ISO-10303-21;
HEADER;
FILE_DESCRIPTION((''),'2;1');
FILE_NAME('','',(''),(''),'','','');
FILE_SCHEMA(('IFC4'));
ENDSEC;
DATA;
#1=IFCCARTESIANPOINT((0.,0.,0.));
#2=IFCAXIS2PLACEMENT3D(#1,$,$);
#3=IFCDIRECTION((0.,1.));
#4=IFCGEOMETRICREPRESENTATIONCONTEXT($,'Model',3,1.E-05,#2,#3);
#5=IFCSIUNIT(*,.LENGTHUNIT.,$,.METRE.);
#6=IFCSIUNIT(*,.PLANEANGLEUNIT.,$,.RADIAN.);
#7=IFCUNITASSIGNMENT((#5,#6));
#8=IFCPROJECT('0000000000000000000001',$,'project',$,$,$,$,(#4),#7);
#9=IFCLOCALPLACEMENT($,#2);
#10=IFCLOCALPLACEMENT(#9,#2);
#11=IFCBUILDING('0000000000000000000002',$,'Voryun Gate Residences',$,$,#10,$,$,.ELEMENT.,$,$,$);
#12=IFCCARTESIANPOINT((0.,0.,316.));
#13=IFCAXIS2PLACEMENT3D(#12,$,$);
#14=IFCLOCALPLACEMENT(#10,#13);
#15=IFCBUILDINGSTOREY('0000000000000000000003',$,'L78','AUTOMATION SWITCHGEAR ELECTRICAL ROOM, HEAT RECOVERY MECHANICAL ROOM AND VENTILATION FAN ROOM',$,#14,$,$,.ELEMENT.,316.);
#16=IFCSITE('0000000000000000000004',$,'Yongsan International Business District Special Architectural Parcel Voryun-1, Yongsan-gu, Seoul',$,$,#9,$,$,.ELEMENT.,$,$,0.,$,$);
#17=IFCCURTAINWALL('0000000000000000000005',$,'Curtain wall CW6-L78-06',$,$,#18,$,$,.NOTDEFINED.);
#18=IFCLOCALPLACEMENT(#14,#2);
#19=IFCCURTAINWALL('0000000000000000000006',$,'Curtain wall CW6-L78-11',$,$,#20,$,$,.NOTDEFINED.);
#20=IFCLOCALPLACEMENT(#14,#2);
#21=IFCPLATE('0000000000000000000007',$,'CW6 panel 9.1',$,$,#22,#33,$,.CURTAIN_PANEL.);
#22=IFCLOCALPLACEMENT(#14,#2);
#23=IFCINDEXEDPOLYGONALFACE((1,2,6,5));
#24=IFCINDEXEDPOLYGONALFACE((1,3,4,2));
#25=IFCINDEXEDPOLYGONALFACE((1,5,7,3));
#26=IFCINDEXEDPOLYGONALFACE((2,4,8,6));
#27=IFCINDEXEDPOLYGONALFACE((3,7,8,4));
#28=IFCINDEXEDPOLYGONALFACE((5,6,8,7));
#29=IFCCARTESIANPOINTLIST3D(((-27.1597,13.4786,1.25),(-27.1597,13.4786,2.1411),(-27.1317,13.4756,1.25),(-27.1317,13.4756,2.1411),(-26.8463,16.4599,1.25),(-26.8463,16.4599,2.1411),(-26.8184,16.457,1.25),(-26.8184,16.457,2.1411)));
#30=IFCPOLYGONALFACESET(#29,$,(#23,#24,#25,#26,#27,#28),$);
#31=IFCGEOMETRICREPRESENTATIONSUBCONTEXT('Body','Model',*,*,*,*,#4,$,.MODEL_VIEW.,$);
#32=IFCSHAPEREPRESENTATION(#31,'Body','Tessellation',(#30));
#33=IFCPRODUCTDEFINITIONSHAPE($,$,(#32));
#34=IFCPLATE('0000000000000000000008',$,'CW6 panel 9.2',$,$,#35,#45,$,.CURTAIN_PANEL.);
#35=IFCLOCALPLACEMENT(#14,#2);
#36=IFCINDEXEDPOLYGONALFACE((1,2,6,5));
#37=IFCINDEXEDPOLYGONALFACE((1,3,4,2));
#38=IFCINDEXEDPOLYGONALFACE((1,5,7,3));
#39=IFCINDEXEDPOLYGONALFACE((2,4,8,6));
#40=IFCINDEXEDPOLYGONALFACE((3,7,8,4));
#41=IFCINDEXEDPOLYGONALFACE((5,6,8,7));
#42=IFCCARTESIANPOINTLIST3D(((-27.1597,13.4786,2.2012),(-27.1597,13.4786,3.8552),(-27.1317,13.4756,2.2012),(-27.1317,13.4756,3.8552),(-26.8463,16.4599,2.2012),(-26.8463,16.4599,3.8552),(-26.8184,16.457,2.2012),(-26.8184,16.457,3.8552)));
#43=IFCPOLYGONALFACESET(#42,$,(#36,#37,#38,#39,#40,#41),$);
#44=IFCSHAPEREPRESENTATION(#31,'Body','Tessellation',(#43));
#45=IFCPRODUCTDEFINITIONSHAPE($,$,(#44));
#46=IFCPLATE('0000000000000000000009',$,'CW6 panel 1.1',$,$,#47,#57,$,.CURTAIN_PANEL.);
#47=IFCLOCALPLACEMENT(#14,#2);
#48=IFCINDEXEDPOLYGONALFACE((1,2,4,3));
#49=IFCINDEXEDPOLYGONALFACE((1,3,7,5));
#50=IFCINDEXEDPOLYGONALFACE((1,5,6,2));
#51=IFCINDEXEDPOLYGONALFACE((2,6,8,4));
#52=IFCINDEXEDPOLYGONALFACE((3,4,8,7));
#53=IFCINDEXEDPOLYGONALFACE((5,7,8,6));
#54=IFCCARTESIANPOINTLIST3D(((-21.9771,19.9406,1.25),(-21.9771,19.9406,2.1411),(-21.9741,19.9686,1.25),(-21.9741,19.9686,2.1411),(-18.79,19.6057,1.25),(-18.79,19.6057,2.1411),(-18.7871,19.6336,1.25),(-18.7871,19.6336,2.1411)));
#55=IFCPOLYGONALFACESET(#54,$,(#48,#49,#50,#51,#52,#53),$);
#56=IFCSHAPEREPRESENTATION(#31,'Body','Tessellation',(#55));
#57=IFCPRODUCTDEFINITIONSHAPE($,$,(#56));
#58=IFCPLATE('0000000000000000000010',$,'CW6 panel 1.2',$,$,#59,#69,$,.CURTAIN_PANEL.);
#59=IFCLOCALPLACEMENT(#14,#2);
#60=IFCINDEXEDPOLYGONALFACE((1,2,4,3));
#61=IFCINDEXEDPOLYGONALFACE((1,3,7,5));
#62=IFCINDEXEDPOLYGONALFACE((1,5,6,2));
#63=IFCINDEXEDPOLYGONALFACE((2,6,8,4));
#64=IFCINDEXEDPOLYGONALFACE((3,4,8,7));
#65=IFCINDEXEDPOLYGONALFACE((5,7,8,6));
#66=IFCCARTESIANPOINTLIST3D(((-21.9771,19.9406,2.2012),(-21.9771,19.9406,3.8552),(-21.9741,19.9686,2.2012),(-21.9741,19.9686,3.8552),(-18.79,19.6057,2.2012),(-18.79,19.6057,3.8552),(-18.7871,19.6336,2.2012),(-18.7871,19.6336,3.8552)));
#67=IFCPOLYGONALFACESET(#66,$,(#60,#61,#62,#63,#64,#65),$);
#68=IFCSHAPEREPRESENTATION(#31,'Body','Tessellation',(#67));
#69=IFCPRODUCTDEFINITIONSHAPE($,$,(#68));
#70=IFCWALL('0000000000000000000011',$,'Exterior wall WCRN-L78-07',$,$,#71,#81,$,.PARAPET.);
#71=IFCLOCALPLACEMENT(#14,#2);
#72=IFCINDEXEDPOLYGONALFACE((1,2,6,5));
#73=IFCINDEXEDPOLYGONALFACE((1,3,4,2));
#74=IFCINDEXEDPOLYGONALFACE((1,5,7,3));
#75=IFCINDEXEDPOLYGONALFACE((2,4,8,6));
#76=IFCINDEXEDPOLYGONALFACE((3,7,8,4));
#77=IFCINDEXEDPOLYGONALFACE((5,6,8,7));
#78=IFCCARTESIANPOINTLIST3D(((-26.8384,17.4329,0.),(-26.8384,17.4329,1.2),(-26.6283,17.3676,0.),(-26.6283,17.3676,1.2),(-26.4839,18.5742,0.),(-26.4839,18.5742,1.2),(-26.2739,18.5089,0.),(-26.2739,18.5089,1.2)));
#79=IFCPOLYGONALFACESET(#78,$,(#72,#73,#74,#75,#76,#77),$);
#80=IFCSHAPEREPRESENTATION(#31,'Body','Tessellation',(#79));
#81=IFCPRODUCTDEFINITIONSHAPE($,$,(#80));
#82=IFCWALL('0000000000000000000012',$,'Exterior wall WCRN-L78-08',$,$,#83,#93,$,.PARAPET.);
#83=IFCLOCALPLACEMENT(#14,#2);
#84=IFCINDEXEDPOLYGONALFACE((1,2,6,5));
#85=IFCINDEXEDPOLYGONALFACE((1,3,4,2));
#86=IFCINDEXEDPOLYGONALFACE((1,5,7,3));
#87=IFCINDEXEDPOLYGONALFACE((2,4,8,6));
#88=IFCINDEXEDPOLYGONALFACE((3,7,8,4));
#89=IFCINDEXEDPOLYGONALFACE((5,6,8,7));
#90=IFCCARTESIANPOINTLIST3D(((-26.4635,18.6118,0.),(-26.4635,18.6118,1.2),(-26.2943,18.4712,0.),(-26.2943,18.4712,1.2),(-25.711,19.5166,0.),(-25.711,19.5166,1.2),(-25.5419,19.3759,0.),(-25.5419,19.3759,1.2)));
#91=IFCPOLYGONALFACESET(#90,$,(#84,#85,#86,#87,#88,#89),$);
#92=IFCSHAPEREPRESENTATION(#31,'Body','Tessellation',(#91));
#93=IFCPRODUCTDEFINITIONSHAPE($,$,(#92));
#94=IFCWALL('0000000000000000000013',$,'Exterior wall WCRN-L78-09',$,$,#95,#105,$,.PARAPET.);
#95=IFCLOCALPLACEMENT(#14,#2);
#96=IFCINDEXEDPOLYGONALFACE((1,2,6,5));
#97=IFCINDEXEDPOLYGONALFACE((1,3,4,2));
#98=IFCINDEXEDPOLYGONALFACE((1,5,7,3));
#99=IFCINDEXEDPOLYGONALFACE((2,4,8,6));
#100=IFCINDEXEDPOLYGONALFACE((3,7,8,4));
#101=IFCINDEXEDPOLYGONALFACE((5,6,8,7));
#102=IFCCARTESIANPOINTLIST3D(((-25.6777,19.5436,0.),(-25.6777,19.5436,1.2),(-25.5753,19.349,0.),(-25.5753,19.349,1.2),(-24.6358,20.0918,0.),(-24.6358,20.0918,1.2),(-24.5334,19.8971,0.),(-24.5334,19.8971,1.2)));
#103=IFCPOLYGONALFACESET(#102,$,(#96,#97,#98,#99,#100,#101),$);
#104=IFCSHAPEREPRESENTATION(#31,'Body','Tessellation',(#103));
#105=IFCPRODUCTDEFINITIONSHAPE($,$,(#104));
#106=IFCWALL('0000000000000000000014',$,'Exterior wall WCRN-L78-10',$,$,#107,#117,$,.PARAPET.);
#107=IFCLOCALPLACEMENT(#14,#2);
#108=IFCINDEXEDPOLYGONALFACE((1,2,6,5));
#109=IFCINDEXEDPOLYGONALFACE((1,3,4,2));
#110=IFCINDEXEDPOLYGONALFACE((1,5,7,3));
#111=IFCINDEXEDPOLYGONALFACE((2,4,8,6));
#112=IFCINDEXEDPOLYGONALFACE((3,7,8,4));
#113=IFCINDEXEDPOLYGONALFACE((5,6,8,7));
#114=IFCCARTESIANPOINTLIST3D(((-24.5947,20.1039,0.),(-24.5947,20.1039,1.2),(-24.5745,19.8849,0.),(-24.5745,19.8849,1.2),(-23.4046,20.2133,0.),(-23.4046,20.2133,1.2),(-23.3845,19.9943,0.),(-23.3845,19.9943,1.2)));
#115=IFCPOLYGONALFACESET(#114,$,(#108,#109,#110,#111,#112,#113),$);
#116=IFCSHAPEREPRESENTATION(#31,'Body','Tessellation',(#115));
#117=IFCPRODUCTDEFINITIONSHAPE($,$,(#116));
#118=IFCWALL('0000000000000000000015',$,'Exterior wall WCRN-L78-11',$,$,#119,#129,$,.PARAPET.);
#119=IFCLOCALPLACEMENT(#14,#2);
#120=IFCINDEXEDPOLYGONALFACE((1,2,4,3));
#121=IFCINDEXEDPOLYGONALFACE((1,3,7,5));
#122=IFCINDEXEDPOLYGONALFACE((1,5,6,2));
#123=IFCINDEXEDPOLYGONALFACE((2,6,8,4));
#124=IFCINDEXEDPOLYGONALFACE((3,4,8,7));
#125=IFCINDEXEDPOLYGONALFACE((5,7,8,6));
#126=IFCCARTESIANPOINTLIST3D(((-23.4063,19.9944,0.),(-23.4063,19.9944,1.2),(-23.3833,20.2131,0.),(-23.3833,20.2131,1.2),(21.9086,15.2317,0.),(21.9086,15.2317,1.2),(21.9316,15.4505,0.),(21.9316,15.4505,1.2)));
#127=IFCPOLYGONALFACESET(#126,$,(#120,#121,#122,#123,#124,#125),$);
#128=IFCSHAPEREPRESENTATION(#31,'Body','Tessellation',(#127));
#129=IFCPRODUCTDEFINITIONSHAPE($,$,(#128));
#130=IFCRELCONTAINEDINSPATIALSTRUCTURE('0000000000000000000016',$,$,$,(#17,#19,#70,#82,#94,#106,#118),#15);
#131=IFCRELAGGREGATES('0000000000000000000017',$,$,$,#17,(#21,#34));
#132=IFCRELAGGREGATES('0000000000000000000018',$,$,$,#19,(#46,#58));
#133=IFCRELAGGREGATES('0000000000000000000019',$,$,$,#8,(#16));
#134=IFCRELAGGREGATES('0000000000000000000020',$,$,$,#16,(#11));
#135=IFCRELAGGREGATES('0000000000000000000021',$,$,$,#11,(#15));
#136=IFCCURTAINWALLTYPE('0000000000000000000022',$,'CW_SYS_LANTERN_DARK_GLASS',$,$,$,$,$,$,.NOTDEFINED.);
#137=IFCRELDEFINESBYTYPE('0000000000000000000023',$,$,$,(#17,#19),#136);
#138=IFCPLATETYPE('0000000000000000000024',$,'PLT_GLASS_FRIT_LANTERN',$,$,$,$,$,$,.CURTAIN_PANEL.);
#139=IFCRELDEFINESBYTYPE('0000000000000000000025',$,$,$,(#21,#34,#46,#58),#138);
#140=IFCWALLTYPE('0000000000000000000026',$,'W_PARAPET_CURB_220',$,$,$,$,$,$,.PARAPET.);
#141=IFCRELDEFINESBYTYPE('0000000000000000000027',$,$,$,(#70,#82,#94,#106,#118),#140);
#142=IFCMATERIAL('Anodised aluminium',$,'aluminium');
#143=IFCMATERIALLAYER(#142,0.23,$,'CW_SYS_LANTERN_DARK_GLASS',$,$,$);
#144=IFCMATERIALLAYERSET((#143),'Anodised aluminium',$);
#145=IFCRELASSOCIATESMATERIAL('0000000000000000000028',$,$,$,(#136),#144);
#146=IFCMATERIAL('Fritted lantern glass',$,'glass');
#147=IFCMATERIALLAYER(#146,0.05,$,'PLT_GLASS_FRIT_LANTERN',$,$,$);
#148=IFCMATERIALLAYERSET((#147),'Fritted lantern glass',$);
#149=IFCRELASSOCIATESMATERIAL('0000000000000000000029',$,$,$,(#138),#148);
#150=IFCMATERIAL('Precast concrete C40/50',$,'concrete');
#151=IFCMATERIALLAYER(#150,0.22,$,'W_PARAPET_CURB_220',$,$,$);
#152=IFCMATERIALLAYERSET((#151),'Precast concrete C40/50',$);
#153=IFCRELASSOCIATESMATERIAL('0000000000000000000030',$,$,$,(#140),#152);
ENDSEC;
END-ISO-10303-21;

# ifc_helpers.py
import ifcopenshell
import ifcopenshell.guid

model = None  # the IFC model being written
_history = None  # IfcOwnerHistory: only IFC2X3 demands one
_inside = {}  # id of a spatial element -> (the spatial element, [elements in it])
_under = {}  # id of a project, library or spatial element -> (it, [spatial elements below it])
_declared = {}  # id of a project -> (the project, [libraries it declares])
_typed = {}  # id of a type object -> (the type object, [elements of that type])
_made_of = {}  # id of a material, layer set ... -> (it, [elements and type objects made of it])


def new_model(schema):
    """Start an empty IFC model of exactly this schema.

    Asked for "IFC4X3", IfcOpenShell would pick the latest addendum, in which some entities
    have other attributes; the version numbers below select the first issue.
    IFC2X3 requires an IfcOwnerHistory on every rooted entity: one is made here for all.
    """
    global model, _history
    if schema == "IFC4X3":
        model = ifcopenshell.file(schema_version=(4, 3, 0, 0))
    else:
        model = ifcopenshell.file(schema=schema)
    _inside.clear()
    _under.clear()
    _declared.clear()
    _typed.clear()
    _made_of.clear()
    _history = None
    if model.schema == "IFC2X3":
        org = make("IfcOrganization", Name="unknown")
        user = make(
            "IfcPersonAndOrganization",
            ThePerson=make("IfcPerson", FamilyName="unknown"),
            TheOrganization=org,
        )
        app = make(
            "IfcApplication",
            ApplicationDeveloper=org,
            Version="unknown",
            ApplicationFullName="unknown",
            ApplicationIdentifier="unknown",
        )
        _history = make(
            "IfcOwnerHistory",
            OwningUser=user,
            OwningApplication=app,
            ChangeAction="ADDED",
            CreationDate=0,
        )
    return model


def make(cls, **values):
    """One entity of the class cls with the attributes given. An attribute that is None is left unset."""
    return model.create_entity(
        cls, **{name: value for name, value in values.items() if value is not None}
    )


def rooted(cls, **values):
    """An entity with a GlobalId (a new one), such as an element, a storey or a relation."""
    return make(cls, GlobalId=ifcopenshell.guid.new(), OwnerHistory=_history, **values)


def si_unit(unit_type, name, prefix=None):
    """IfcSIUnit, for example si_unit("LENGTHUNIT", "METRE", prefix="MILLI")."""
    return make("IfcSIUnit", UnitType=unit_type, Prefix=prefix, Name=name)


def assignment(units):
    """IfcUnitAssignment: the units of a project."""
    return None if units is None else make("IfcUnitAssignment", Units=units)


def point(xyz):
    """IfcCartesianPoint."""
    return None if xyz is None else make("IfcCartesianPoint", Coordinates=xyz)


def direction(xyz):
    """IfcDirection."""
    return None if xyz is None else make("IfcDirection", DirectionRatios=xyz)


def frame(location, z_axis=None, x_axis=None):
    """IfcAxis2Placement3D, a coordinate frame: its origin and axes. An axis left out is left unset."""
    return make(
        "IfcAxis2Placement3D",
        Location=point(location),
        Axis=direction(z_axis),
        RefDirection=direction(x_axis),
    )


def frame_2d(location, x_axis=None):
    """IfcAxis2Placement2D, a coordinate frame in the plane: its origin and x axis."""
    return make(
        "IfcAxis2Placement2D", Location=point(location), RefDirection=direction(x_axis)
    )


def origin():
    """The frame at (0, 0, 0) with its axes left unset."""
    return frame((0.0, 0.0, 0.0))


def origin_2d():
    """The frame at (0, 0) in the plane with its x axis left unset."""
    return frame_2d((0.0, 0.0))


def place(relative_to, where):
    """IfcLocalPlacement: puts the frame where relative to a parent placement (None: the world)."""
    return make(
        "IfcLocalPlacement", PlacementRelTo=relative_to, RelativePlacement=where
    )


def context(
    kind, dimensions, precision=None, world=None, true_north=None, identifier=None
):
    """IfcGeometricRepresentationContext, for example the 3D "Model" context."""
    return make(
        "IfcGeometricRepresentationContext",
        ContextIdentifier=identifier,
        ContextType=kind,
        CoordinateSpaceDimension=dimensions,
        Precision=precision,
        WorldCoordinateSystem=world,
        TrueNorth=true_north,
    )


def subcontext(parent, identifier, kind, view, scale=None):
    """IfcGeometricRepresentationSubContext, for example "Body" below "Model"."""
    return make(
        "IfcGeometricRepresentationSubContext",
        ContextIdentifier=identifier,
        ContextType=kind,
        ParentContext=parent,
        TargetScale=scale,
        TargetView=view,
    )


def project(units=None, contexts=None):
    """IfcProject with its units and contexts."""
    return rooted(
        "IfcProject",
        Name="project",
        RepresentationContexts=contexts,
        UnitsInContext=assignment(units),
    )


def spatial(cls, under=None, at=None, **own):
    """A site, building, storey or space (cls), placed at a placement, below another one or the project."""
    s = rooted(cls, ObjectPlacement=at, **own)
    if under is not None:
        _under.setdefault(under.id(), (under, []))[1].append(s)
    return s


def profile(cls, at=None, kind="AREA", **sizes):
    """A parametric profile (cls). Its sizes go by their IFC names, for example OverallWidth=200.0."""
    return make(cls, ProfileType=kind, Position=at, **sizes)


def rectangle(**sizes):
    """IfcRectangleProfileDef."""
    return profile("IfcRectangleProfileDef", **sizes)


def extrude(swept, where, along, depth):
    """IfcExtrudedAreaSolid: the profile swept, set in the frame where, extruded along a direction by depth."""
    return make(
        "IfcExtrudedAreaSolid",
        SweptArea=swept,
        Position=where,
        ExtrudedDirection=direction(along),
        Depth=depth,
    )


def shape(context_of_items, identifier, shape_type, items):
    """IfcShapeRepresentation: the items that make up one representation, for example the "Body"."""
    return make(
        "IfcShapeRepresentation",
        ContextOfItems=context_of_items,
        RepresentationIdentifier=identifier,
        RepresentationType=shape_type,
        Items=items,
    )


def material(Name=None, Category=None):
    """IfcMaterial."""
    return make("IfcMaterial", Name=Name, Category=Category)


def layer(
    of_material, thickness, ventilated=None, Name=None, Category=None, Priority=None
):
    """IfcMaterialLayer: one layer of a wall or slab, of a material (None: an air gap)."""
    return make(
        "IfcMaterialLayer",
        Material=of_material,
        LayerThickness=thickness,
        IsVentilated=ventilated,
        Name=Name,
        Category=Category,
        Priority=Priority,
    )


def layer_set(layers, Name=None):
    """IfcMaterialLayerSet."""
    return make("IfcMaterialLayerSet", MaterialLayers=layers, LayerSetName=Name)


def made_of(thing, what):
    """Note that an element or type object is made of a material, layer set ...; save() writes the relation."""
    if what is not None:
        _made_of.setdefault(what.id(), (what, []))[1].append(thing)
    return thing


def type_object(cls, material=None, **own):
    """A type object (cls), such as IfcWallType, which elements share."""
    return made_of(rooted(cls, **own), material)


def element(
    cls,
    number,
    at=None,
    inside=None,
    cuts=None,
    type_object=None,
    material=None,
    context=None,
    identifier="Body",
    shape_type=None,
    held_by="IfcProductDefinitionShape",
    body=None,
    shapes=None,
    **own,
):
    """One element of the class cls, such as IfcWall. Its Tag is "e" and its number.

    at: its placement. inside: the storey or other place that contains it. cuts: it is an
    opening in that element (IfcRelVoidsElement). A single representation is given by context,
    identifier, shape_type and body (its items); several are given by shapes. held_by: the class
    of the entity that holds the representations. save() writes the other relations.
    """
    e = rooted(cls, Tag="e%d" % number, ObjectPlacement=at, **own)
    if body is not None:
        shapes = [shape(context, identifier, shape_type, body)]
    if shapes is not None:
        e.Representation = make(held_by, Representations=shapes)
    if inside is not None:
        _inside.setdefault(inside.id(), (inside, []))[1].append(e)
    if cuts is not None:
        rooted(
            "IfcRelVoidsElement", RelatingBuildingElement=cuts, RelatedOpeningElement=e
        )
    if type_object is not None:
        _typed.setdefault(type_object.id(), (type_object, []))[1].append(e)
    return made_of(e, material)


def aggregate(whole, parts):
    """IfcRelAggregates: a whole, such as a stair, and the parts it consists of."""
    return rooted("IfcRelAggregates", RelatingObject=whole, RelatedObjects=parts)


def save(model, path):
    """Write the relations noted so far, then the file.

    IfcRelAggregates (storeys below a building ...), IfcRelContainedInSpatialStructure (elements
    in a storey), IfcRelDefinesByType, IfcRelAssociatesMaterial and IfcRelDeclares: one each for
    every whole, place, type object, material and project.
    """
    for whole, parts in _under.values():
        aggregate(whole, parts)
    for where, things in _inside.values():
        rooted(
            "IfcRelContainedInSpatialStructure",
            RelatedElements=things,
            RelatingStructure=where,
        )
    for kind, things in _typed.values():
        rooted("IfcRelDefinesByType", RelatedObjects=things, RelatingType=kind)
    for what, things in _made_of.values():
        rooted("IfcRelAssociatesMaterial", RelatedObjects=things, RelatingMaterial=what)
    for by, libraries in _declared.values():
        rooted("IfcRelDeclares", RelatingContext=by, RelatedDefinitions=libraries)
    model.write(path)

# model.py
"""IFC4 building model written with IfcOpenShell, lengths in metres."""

from ifc_helpers import new_model, si_unit, direction, frame, frame_2d, origin, origin_2d, place, context, subcontext, project, spatial, rectangle, extrude, material, layer, layer_set, type_object, element, aggregate, save


model = new_model("IFC4")

# Units and contexts
model_context = context("Model", 3, precision=1e-05, world=origin(), true_north=direction((0.0, 1.0)))
body_context = subcontext(model_context, "Body", "Model", "MODEL_VIEW")
ifc_project = project(units=[si_unit("LENGTHUNIT", "METRE"), si_unit("PLANEANGLEUNIT", "RADIAN")], contexts=[model_context])

# Site, building, storey
site_placement = place(None, origin())
site = spatial("IfcSite", under=ifc_project, at=site_placement, Name="Yongsan International Business District Special Architectural Parcel Voryun-1, Yongsan-gu, Seoul", CompositionType="ELEMENT", RefElevation=0.0)
building_placement = place(site_placement, origin())
building = spatial("IfcBuilding", under=site, at=building_placement, Name="Voryun Gate Residences", CompositionType="ELEMENT")
storey_placement = place(building_placement, frame((0.0, 0.0, 316.0)))
storey = spatial("IfcBuildingStorey", under=building, at=storey_placement, Name="L78", Description="AUTOMATION SWITCHGEAR ELECTRICAL ROOM, HEAT RECOVERY MECHANICAL ROOM AND VENTILATION FAN ROOM", CompositionType="ELEMENT", Elevation=316.0)

# Curtain wall
ifc_material_1 = material(Name="Anodised aluminium", Category="aluminium")
ifc_layer_1 = layer(ifc_material_1, 0.23, Name="CW_SYS_LANTERN_DARK_GLASS")
ifc_layer_set_1 = layer_set([ifc_layer_1], Name="Anodised aluminium")
curtain_wall_type = type_object("IfcCurtainWallType", Name="CW_SYS_LANTERN_DARK_GLASS", PredefinedType="NOTDEFINED", material=ifc_layer_set_1)
curtain_wall_1_placement = place(storey_placement, origin())
curtain_wall_1 = element("IfcCurtainWall", 1, at=curtain_wall_1_placement, inside=storey, type_object=curtain_wall_type, Name="Curtain wall CW6-L78-06", PredefinedType="NOTDEFINED")

# Curtain wall
curtain_wall_2_placement = place(storey_placement, origin())
curtain_wall_2 = element("IfcCurtainWall", 2, at=curtain_wall_2_placement, inside=storey, type_object=curtain_wall_type, Name="Curtain wall CW6-L78-11", PredefinedType="NOTDEFINED")

# Plates
ifc_material_2 = material(Name="Fritted lantern glass", Category="glass")
ifc_layer_2 = layer(ifc_material_2, 0.05, Name="PLT_GLASS_FRIT_LANTERN")
ifc_layer_set_2 = layer_set([ifc_layer_2], Name="Fritted lantern glass")
plate_type_1 = type_object("IfcPlateType", Name="PLT_GLASS_FRIT_LANTERN", PredefinedType="CURTAIN_PANEL", material=ifc_layer_set_2)
plate_1_placement = place(storey_placement, frame((-26.989, 14.9678, 1.25), z_axis=(0.0, 0.0, 1.0), x_axis=(0.104528, 0.994522, 0.0)))
plate_1 = element("IfcPlate", 3, at=plate_1_placement, type_object=plate_type_1, Name="CW6 panel 9.1", PredefinedType="CURTAIN_PANEL", context=body_context, shape_type="SweptSolid", body=[
    extrude(rectangle(XDim=2.9978, YDim=0.0281, at=origin_2d()), origin(), (0.0, 0.0, 1.0), 0.8911),
])
plate_2_placement = place(storey_placement, frame((-26.989, 14.9678, 2.2012), z_axis=(0.0, 0.0, 1.0), x_axis=(0.104528, 0.994522, 0.0)))
plate_2 = element("IfcPlate", 4, at=plate_2_placement, type_object=plate_type_1, Name="CW6 panel 9.2", PredefinedType="CURTAIN_PANEL", context=body_context, shape_type="SweptSolid", body=[
    extrude(rectangle(XDim=2.9978, YDim=0.0281, at=origin_2d()), origin(), (0.0, 0.0, 1.0), 1.6541),
])
aggregate(curtain_wall_1, [plate_1, plate_2])
plate_3_placement = place(storey_placement, frame((-20.3821, 19.7871, 1.25), z_axis=(0.0, 0.0, 1.0), x_axis=(0.994522, -0.104528, 0.0)))
plate_3 = element("IfcPlate", 5, at=plate_3_placement, type_object=plate_type_1, Name="CW6 panel 1.1", PredefinedType="CURTAIN_PANEL", context=body_context, shape_type="SweptSolid", body=[
    extrude(rectangle(XDim=3.2046, YDim=0.0281, at=origin_2d()), origin(), (0.0, 0.0, 1.0), 0.8911),
])
plate_4_placement = place(storey_placement, frame((-20.3821, 19.7871, 2.2012), z_axis=(0.0, 0.0, 1.0), x_axis=(0.994522, -0.104528, 0.0)))
plate_4 = element("IfcPlate", 6, at=plate_4_placement, type_object=plate_type_1, Name="CW6 panel 1.2", PredefinedType="CURTAIN_PANEL", context=body_context, shape_type="SweptSolid", body=[
    extrude(rectangle(XDim=3.2046, YDim=0.0281, at=origin_2d()), origin(), (0.0, 0.0, 1.0), 1.6541),
])
aggregate(curtain_wall_2, [plate_3, plate_4])

# Walls
ifc_material_3 = material(Name="Precast concrete C40/50", Category="concrete")
ifc_layer_3 = layer(ifc_material_3, 0.22, Name="W_PARAPET_CURB_220")
ifc_layer_set_3 = layer_set([ifc_layer_3], Name="Precast concrete C40/50")
wall_type = type_object("IfcWallType", Name="W_PARAPET_CURB_220", PredefinedType="PARAPET", material=ifc_layer_set_3)
wall_1_placement = place(storey_placement, frame((-26.7334, 17.4001, 0.0), z_axis=(0.0, 0.0, 1.0), x_axis=(0.296611, 0.954998, 0.0)))
element("IfcWall", 7, at=wall_1_placement, inside=storey, type_object=wall_type, Name="Exterior wall WCRN-L78-07", PredefinedType="PARAPET", context=body_context, shape_type="SweptSolid", body=[
    extrude(rectangle(XDim=1.1951, YDim=0.22, at=frame_2d((0.5977, 0.0))), origin(), (0.0, 0.0, 1.0), 1.2),
])
wall_2_placement = place(storey_placement, frame((-26.3789, 18.5415, 0.0), z_axis=(0.0, 0.0, 1.0), x_axis=(0.639409, 0.768867, 0.0)))
element("IfcWall", 8, at=wall_2_placement, inside=storey, type_object=wall_type, Name="Exterior wall WCRN-L78-08", PredefinedType="PARAPET", context=body_context, shape_type="SweptSolid", body=[
    extrude(rectangle(XDim=1.1768, YDim=0.22, at=frame_2d((0.5884, 0.0))), origin(), (0.0, 0.0, 1.0), 1.2),
])
wall_3_placement = place(storey_placement, frame((-25.6265, 19.4463, 0.0), z_axis=(0.0, 0.0, 1.0), x_axis=(0.884986, 0.465618, 0.0)))
element("IfcWall", 9, at=wall_3_placement, inside=storey, type_object=wall_type, Name="Exterior wall WCRN-L78-09", PredefinedType="PARAPET", context=body_context, shape_type="SweptSolid", body=[
    extrude(rectangle(XDim=1.1772, YDim=0.22, at=frame_2d((0.5886, 0.0))), origin(), (0.0, 0.0, 1.0), 1.2),
])
wall_4_placement = place(storey_placement, frame((-24.5847, 19.9944, 0.0), z_axis=(0.0, 0.0, 1.0), x_axis=(0.995802, 0.09153, 0.0)))
element("IfcWall", 10, at=wall_4_placement, inside=storey, type_object=wall_type, Name="Exterior wall WCRN-L78-10", PredefinedType="PARAPET", context=body_context, shape_type="SweptSolid", body=[
    extrude(rectangle(XDim=1.1951, YDim=0.22, at=frame_2d((0.5977, 0.0))), origin(), (0.0, 0.0, 1.0), 1.2),
])
wall_5_placement = place(storey_placement, frame((-23.3948, 20.1038, 0.0), z_axis=(0.0, 0.0, 1.0), x_axis=(0.994522, -0.104526, 0.0)))
element("IfcWall", 11, at=wall_5_placement, inside=storey, type_object=wall_type, Name="Exterior wall WCRN-L78-11", PredefinedType="PARAPET", context=body_context, shape_type="SweptSolid", body=[
    extrude(rectangle(XDim=45.5645, YDim=0.22, at=frame_2d((22.7822, 0.0))), origin(), (0.0, 0.0, 1.0), 1.2),
])

save(model, "model.ifc")
